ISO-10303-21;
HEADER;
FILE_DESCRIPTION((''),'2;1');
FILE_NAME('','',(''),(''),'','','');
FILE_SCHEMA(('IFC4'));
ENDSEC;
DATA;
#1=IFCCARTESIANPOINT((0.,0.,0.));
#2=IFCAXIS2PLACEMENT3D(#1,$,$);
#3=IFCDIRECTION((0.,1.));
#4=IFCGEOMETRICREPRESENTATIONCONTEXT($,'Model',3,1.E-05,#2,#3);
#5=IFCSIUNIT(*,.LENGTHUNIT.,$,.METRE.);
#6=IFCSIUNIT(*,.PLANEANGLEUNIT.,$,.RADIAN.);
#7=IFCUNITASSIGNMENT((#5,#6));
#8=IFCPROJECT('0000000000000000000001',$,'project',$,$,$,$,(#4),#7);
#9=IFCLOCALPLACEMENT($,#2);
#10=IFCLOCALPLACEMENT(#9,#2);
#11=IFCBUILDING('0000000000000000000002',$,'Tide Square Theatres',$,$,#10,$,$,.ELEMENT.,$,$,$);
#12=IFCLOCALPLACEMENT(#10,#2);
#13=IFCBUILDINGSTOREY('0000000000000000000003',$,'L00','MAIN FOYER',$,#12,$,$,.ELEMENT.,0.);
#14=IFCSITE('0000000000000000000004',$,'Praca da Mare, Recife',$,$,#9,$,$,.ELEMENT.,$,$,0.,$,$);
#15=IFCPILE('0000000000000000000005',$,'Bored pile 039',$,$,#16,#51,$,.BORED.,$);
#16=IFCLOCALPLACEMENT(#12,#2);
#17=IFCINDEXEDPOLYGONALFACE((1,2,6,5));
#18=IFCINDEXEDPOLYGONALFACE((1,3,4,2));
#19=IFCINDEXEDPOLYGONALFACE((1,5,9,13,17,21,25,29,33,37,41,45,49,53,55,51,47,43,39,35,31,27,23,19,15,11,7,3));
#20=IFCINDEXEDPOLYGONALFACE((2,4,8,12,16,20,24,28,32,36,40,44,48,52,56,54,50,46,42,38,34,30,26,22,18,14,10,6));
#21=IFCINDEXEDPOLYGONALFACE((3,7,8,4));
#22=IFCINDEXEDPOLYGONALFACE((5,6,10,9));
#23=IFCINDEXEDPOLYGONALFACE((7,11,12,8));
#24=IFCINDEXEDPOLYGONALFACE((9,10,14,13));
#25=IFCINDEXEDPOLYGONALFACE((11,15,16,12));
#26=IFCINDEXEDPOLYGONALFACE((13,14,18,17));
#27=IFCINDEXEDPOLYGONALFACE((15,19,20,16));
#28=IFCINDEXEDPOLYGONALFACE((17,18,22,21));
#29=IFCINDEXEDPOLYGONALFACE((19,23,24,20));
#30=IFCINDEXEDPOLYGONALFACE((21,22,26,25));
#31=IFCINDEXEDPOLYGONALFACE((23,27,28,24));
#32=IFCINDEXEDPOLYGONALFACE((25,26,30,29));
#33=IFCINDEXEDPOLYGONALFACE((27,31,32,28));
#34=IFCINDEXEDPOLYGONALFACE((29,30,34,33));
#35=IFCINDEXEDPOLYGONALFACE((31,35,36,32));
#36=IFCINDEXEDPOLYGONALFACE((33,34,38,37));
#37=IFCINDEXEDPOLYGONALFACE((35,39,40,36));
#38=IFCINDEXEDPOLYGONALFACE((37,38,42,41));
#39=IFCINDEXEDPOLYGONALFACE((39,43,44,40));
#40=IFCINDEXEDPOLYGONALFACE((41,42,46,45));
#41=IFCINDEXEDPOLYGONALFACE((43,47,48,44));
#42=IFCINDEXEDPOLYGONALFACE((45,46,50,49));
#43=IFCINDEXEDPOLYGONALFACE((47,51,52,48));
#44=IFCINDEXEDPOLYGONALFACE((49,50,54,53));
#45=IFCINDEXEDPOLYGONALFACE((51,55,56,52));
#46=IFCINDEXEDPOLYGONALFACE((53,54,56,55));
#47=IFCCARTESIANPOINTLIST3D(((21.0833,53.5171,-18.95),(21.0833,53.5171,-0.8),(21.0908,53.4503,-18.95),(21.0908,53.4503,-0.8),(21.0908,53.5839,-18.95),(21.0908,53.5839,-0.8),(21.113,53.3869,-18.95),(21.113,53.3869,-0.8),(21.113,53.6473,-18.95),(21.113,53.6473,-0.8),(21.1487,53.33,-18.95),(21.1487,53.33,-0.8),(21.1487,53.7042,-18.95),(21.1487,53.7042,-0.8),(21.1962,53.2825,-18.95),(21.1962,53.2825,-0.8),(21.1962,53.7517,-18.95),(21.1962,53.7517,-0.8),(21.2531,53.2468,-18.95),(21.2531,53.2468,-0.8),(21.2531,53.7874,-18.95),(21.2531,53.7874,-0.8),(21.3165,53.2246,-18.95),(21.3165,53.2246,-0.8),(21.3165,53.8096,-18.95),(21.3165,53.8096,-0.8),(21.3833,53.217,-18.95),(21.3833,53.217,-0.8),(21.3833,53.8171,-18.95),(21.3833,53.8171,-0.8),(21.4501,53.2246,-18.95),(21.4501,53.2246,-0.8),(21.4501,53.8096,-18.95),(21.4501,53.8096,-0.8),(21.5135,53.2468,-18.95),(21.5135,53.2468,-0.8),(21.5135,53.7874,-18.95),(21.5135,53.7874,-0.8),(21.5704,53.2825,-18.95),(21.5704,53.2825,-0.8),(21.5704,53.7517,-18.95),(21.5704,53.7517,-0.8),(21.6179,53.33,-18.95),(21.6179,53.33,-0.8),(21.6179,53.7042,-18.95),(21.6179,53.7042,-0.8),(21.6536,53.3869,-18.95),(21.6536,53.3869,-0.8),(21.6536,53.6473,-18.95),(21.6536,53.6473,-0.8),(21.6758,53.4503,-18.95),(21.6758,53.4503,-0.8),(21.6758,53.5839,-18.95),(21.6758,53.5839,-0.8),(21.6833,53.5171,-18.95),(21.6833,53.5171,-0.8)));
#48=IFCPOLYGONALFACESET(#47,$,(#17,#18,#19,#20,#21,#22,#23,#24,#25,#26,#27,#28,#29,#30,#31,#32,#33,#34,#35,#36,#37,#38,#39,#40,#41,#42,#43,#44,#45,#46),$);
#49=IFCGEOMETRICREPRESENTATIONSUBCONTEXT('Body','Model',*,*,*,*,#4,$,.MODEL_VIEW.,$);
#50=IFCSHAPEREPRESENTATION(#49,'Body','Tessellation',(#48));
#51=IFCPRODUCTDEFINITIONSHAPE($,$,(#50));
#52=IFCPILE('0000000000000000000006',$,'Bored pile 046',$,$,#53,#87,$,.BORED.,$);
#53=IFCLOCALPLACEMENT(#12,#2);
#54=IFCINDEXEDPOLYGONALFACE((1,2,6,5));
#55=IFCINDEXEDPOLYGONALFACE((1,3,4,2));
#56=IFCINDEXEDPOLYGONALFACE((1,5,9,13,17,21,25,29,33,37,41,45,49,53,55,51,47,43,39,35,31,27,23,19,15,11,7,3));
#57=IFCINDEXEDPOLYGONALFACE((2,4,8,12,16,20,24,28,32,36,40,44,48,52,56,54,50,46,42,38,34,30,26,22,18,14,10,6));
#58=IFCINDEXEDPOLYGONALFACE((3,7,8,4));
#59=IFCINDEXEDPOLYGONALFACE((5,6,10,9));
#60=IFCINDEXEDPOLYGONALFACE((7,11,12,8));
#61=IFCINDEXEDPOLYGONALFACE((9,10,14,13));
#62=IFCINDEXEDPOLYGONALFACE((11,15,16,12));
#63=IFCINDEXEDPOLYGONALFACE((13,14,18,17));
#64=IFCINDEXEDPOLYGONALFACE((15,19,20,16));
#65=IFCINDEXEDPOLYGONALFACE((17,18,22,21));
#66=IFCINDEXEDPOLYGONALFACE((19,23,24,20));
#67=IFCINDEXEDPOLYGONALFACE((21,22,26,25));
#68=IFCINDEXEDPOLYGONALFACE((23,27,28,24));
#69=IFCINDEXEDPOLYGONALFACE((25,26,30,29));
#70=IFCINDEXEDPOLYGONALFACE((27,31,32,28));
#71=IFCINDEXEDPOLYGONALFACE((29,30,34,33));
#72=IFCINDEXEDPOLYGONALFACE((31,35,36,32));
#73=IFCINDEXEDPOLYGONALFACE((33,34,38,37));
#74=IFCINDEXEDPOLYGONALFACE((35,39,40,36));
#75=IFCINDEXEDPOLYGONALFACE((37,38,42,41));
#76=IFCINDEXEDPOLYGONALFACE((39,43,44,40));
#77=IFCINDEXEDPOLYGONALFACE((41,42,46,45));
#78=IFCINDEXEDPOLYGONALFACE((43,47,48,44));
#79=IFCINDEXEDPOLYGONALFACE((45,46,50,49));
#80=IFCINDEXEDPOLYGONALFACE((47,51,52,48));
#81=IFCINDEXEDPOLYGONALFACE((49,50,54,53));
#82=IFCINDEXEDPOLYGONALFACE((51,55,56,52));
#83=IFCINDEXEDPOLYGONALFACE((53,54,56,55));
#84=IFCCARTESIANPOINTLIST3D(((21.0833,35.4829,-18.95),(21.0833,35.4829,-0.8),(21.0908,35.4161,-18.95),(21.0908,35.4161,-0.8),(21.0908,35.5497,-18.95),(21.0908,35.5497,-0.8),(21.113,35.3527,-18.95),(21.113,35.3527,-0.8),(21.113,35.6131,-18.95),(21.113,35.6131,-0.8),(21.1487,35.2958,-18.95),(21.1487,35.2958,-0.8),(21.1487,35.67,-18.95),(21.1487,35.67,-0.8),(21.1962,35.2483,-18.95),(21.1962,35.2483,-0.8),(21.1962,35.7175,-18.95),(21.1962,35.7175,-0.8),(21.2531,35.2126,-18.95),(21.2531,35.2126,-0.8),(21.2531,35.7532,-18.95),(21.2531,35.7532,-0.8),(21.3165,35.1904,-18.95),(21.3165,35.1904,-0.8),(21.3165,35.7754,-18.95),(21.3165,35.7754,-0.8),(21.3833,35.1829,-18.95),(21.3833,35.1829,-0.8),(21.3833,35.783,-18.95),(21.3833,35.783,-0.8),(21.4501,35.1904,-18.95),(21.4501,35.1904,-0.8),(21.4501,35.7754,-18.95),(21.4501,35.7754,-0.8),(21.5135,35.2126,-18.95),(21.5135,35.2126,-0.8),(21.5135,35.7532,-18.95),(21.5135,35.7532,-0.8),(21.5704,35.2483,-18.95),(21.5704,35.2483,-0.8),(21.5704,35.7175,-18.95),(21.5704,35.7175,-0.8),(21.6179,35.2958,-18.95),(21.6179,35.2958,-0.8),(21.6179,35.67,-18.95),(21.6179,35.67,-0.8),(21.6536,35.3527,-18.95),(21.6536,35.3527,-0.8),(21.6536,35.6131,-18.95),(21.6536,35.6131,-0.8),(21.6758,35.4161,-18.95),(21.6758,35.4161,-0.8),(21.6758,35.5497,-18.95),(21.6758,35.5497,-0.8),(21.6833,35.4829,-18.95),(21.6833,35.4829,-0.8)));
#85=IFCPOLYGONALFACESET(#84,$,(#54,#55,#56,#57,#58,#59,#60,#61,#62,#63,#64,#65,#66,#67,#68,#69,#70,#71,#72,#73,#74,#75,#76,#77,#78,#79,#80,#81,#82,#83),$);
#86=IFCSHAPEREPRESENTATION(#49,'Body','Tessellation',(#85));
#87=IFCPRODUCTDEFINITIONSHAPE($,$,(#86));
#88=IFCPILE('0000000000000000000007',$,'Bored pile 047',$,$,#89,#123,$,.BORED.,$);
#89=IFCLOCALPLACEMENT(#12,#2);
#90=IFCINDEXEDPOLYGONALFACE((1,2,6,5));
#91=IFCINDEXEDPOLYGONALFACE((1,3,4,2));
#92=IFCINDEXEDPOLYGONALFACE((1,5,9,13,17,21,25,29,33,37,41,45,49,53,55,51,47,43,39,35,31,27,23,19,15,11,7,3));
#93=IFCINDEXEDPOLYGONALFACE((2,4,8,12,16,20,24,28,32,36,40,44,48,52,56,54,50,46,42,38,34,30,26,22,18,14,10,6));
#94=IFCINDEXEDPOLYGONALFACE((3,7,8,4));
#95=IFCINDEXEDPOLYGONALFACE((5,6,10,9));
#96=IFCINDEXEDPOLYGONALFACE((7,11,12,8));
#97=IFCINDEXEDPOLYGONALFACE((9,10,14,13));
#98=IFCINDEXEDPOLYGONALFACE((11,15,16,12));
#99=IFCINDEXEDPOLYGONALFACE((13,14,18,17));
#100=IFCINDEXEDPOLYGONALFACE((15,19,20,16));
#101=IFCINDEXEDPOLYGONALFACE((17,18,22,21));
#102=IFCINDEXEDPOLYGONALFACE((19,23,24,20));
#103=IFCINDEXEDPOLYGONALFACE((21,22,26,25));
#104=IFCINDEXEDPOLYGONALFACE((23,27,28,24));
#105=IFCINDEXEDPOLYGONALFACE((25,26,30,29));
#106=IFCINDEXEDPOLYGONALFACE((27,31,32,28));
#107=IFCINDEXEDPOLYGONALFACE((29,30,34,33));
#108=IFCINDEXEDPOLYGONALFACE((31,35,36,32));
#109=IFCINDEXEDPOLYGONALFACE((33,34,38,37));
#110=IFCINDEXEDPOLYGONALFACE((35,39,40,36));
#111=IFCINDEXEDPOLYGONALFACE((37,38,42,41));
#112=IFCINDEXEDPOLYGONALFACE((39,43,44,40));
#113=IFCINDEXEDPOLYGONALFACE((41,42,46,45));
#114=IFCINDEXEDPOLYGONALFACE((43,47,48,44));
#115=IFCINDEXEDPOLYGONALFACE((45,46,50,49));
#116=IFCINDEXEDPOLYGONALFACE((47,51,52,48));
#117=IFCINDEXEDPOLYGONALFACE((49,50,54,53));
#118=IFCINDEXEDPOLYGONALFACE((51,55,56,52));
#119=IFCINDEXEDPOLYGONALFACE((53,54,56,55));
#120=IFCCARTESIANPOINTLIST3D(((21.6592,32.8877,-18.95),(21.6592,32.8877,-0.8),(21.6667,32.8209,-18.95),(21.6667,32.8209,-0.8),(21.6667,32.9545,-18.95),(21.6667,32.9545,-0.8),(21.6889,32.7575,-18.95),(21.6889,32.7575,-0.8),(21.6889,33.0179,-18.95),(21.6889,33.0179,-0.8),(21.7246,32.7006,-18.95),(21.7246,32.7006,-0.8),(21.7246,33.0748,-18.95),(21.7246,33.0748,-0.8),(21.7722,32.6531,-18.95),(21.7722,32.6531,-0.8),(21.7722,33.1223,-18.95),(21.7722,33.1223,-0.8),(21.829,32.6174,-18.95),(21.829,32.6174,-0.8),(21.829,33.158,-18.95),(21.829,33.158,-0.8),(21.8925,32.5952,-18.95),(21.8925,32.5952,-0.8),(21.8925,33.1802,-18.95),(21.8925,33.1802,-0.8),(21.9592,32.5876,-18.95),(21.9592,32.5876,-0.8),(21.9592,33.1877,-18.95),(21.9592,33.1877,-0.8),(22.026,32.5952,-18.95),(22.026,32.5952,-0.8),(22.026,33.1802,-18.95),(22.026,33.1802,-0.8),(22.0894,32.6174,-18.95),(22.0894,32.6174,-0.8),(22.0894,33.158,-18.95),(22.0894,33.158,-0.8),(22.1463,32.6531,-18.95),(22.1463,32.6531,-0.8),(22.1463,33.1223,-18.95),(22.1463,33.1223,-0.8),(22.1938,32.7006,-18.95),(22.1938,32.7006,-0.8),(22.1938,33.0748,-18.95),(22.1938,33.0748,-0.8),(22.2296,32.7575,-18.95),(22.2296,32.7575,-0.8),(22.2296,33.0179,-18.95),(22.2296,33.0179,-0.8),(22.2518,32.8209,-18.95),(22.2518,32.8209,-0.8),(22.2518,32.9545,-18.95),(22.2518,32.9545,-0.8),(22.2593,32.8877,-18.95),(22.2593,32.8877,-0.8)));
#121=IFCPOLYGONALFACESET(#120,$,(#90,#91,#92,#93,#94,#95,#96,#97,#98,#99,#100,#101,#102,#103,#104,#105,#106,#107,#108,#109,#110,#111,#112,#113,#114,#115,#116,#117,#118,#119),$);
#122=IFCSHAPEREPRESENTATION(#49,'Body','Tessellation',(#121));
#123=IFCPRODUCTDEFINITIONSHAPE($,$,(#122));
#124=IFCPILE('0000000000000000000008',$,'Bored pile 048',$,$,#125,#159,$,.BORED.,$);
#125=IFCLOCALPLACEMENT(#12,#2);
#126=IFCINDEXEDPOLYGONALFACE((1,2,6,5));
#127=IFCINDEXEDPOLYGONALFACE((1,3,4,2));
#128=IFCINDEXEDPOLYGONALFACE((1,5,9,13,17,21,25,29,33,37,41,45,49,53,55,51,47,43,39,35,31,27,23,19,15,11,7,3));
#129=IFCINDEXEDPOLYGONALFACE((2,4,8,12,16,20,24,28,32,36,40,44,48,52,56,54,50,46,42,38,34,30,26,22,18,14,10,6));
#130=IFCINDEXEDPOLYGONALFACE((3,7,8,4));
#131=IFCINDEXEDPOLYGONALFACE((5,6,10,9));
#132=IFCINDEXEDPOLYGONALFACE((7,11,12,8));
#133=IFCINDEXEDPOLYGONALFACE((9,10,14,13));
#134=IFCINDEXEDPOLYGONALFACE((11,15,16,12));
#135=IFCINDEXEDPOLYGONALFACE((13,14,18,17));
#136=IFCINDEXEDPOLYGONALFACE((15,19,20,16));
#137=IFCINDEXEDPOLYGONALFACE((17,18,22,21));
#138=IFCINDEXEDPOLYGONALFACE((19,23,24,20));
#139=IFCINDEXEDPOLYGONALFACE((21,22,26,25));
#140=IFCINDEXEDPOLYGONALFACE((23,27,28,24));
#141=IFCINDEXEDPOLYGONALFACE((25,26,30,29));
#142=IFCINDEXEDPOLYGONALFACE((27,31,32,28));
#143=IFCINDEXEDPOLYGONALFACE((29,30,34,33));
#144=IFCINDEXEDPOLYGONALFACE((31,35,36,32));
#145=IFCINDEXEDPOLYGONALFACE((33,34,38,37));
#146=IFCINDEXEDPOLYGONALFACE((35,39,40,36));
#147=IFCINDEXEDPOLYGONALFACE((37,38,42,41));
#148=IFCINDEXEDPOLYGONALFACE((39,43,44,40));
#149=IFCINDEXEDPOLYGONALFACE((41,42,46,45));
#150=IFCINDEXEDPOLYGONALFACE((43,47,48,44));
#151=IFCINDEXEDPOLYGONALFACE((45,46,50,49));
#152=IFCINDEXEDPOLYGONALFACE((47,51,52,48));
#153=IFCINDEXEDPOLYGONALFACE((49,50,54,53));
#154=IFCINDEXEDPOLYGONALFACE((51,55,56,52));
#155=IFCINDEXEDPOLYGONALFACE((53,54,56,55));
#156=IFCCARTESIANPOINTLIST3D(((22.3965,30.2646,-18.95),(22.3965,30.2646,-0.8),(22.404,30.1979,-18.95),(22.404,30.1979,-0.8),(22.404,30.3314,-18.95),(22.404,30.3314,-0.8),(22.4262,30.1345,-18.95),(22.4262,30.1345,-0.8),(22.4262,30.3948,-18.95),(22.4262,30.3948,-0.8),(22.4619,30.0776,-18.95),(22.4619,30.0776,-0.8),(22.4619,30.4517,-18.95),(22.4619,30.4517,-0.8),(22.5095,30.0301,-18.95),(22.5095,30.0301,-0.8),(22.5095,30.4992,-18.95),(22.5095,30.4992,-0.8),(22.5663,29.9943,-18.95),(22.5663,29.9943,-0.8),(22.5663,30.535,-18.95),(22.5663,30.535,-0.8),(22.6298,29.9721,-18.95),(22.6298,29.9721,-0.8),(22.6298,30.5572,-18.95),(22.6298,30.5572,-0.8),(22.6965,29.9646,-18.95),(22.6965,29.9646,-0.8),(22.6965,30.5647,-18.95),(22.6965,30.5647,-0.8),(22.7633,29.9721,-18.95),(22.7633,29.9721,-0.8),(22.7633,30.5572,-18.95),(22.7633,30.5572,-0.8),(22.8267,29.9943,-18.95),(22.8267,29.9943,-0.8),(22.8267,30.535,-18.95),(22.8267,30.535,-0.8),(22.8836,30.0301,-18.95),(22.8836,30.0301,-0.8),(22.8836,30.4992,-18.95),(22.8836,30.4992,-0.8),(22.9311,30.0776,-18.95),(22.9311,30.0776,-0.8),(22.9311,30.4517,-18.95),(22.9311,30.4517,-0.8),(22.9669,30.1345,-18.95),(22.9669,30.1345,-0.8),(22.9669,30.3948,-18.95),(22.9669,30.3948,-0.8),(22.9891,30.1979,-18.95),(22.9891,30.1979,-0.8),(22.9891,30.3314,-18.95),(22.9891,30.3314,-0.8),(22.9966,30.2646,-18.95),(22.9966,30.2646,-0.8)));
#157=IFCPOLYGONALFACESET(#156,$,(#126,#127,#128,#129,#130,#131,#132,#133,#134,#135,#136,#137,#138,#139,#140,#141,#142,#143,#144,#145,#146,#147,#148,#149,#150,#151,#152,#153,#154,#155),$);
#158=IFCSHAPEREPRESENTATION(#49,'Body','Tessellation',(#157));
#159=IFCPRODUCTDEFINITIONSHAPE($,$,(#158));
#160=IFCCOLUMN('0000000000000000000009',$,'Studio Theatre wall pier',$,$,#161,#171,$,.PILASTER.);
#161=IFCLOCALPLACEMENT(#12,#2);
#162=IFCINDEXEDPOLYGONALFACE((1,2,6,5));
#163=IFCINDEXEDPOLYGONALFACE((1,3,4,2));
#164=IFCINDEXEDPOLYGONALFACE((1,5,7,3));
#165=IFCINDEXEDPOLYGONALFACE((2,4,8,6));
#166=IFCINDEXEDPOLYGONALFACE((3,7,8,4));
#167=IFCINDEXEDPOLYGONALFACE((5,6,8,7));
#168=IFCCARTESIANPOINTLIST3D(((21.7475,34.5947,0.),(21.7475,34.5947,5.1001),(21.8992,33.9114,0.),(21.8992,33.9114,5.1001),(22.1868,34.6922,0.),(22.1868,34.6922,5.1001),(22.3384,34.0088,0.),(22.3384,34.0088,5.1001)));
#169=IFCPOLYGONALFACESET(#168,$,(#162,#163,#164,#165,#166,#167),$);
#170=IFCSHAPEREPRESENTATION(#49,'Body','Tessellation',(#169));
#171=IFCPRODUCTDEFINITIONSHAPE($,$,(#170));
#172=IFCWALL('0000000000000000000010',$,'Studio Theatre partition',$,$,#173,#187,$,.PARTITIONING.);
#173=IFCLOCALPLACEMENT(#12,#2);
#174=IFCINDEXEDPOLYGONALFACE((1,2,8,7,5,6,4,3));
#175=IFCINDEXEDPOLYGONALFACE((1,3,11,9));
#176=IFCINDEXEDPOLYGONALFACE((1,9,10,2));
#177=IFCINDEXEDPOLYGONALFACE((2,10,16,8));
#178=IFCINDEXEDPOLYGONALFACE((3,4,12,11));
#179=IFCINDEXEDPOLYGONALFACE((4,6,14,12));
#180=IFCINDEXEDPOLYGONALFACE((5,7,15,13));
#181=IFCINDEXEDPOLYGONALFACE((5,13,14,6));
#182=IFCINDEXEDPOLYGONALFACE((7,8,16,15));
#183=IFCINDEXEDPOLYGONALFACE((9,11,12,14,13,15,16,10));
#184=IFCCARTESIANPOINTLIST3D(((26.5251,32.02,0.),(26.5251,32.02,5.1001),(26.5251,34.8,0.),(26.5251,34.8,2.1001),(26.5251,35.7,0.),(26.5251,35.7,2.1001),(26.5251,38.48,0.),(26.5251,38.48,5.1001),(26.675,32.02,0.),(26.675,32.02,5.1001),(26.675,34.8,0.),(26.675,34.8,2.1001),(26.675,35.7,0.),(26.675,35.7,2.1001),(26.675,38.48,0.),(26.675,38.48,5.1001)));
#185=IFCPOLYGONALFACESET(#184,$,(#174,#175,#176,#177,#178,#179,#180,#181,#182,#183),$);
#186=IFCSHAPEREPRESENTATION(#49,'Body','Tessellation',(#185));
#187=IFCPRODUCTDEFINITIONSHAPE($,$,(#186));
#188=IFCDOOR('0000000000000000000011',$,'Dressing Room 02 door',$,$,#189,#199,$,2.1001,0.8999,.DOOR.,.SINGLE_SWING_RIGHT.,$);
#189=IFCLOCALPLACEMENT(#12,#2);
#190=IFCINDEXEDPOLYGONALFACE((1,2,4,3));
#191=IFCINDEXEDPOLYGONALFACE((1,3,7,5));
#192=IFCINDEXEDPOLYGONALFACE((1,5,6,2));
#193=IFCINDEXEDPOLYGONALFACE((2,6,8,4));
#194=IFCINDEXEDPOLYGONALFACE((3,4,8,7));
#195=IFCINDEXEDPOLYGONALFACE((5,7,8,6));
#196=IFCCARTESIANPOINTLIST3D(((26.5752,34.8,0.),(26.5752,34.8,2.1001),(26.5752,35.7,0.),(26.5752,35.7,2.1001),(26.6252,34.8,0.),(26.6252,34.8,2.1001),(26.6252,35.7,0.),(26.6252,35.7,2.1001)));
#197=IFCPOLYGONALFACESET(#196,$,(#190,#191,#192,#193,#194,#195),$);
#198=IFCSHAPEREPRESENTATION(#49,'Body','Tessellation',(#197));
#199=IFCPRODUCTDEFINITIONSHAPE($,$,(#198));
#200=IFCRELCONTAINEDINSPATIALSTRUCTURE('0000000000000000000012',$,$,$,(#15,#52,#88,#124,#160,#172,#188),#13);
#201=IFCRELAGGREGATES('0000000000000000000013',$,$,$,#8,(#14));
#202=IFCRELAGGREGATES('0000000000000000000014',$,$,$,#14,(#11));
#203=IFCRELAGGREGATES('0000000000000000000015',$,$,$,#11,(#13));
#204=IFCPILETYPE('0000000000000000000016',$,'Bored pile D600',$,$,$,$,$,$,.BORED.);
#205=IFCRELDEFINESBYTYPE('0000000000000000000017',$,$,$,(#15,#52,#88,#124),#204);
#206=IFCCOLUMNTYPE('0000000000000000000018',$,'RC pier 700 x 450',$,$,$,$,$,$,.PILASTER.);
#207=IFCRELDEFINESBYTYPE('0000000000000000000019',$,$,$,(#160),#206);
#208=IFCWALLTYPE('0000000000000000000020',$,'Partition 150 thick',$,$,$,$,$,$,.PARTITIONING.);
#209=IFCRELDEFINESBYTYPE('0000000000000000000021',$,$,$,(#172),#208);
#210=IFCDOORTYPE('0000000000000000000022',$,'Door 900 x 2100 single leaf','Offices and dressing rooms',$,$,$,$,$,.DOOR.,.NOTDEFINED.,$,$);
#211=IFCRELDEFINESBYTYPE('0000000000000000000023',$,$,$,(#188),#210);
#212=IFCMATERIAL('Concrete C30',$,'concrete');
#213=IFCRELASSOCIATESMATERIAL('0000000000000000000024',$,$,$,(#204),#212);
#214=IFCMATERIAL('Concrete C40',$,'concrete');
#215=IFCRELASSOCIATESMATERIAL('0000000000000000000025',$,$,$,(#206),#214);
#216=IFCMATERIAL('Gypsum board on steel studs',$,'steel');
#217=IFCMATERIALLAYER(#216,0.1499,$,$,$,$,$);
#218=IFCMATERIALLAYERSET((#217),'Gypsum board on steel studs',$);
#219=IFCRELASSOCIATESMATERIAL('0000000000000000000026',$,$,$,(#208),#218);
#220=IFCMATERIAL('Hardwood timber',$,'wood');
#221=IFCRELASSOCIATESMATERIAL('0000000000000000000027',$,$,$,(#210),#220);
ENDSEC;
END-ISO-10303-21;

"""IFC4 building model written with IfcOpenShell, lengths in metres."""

from ifc_helpers import new_model, si_unit, direction, frame, frame_2d, origin, origin_2d, place, context, subcontext, project, spatial, rectangle, circle, extrude, material, layer, layer_set, material_profile, profile_set, type_object, element, fill, save


model = new_model("IFC4")

# Units and contexts
model_context = context("Model", 3, precision=1e-05, world=origin(), true_north=direction((0.0, 1.0)))
body_context = subcontext(model_context, "Body", "Model", "MODEL_VIEW")
ifc_project = project(units=[si_unit("LENGTHUNIT", "METRE"), si_unit("PLANEANGLEUNIT", "RADIAN")], contexts=[model_context])

# Site, building, storey
site_placement = place(None, origin())
site = spatial("IfcSite", under=ifc_project, at=site_placement, Name="Praca da Mare, Recife", CompositionType="ELEMENT", RefElevation=0.0)
building_placement = place(site_placement, origin())
building = spatial("IfcBuilding", under=site, at=building_placement, Name="Tide Square Theatres", CompositionType="ELEMENT")
storey_placement = place(building_placement, origin())
storey = spatial("IfcBuildingStorey", under=building, at=storey_placement, Name="L00", Description="MAIN FOYER", CompositionType="ELEMENT", Elevation=0.0)

# Piles
ifc_material_1 = material(Name="Concrete C30", Category="concrete")
ifc_material_profile_1 = material_profile(ifc_material_1, circle(Radius=0.3, at=origin_2d()))
ifc_profile_set_1 = profile_set([ifc_material_profile_1], Name="Concrete C30")
pile_type = type_object("IfcPileType", Name="Bored pile D600", PredefinedType="BORED", material=ifc_profile_set_1)
for number, where, z_axis, x_axis, name in (
    (1, (21.3833, 53.5171, -0.8), (0.0, 0.0, -1.0), (1.0, 0.0, 0.0), "Bored pile 039"),
    (2, (21.3833, 35.4829, -0.8), (0.0, 0.0, -1.0), (1.0, 0.0, 0.0), "Bored pile 046"),
    (3, (21.9592, 32.8877, -0.8), (0.0, 0.0, -1.0), (1.0, 0.0, 0.0), "Bored pile 047"),
    (4, (22.6965, 30.2646, -0.8), (0.0, 0.0, -1.0), (1.0, 0.0, 0.0), "Bored pile 048"),
):
    element("IfcPile", number, at=place(storey_placement, frame(where, z_axis=z_axis, x_axis=x_axis)), inside=storey, type_object=pile_type, Name=name, PredefinedType="BORED", context=body_context, shape_type="SweptSolid", body=[
        extrude(circle(Radius=0.3, at=origin_2d()), origin(), (0.0, 0.0, 1.0), 18.1499),
    ])

# Column
ifc_material_2 = material(Name="Concrete C40", Category="concrete")
ifc_material_profile_2 = material_profile(ifc_material_2, rectangle(XDim=0.7, YDim=0.45, at=origin_2d()))
ifc_profile_set_2 = profile_set([ifc_material_profile_2], Name="Concrete C40")
column_type = type_object("IfcColumnType", Name="RC pier 700 x 450", PredefinedType="PILASTER", material=ifc_profile_set_2)
column_placement = place(storey_placement, frame((22.043, 34.3018, 0.0), z_axis=(0.0, 0.0, 1.0), x_axis=(0.216641, -0.976251, 0.0)))
element("IfcColumn", 5, at=column_placement, inside=storey, type_object=column_type, Name="Studio Theatre wall pier", PredefinedType="PILASTER", context=body_context, shape_type="SweptSolid", body=[
    extrude(rectangle(XDim=0.7, YDim=0.45, at=origin_2d()), origin(), (0.0, 0.0, 1.0), 5.1001),
])

# Wall, opening, door
ifc_material_3 = material(Name="Gypsum board on steel studs", Category="steel")
ifc_layer_1 = layer(ifc_material_3, 0.1499)
ifc_layer_set_1 = layer_set([ifc_layer_1], Name="Gypsum board on steel studs")
wall_type_1 = type_object("IfcWallType", Name="Partition 150 thick", PredefinedType="PARTITIONING", material=ifc_layer_set_1)
wall_1_placement = place(storey_placement, frame((26.6001, 32.02, 0.0), z_axis=(0.0, 0.0, 1.0), x_axis=(0.0, 1.0, 0.0)))
wall_1 = element("IfcWall", 6, at=wall_1_placement, inside=storey, type_object=wall_type_1, Name="Studio Theatre partition", PredefinedType="PARTITIONING", context=body_context, shape_type="SweptSolid", body=[
    extrude(rectangle(XDim=6.46, YDim=0.1499, at=frame_2d((3.23, 0.0))), origin(), (0.0, 0.0, 1.0), 5.1001),
])
opening_1_placement = place(wall_1_placement, frame((2.78, 0.0, 0.0)))
opening_1 = element("IfcOpeningElement", 7, at=opening_1_placement, cuts=wall_1, PredefinedType="OPENING", context=body_context, shape_type="SweptSolid", body=[
    extrude(rectangle(XDim=0.8999, YDim=2.1001, at=frame_2d((0.45, 1.05))), frame((0.0, 0.085, 0.0), z_axis=(0.0, -1.0, 0.0), x_axis=(1.0, 0.0, 0.0)), (0.0, 0.0, 1.0), 0.1699),
])
ifc_material_4 = material(Name="Hardwood timber", Category="wood")
door_type = type_object("IfcDoorType", Name="Door 900 x 2100 single leaf", Description="Offices and dressing rooms", OperationType="NOTDEFINED", PredefinedType="DOOR", material=ifc_material_4)
door_1_placement = place(opening_1_placement, origin())
door_1 = element("IfcDoor", 8, at=door_1_placement, inside=storey, type_object=door_type, Name="Dressing Room 02 door", OperationType="SINGLE_SWING_RIGHT", OverallHeight=2.1001, OverallWidth=0.8999, PredefinedType="DOOR", context=body_context, shape_type="SweptSolid", body=[
    extrude(rectangle(XDim=0.8999, YDim=2.1001, at=frame_2d((0.45, 1.05))), frame((0.0, 0.0249, 0.0), z_axis=(0.0, -1.0, 0.0), x_axis=(1.0, 0.0, 0.0)), (0.0, 0.0, 1.0), 0.05),
])
fill(opening_1, door_1)

save(model, "model.ifc")
